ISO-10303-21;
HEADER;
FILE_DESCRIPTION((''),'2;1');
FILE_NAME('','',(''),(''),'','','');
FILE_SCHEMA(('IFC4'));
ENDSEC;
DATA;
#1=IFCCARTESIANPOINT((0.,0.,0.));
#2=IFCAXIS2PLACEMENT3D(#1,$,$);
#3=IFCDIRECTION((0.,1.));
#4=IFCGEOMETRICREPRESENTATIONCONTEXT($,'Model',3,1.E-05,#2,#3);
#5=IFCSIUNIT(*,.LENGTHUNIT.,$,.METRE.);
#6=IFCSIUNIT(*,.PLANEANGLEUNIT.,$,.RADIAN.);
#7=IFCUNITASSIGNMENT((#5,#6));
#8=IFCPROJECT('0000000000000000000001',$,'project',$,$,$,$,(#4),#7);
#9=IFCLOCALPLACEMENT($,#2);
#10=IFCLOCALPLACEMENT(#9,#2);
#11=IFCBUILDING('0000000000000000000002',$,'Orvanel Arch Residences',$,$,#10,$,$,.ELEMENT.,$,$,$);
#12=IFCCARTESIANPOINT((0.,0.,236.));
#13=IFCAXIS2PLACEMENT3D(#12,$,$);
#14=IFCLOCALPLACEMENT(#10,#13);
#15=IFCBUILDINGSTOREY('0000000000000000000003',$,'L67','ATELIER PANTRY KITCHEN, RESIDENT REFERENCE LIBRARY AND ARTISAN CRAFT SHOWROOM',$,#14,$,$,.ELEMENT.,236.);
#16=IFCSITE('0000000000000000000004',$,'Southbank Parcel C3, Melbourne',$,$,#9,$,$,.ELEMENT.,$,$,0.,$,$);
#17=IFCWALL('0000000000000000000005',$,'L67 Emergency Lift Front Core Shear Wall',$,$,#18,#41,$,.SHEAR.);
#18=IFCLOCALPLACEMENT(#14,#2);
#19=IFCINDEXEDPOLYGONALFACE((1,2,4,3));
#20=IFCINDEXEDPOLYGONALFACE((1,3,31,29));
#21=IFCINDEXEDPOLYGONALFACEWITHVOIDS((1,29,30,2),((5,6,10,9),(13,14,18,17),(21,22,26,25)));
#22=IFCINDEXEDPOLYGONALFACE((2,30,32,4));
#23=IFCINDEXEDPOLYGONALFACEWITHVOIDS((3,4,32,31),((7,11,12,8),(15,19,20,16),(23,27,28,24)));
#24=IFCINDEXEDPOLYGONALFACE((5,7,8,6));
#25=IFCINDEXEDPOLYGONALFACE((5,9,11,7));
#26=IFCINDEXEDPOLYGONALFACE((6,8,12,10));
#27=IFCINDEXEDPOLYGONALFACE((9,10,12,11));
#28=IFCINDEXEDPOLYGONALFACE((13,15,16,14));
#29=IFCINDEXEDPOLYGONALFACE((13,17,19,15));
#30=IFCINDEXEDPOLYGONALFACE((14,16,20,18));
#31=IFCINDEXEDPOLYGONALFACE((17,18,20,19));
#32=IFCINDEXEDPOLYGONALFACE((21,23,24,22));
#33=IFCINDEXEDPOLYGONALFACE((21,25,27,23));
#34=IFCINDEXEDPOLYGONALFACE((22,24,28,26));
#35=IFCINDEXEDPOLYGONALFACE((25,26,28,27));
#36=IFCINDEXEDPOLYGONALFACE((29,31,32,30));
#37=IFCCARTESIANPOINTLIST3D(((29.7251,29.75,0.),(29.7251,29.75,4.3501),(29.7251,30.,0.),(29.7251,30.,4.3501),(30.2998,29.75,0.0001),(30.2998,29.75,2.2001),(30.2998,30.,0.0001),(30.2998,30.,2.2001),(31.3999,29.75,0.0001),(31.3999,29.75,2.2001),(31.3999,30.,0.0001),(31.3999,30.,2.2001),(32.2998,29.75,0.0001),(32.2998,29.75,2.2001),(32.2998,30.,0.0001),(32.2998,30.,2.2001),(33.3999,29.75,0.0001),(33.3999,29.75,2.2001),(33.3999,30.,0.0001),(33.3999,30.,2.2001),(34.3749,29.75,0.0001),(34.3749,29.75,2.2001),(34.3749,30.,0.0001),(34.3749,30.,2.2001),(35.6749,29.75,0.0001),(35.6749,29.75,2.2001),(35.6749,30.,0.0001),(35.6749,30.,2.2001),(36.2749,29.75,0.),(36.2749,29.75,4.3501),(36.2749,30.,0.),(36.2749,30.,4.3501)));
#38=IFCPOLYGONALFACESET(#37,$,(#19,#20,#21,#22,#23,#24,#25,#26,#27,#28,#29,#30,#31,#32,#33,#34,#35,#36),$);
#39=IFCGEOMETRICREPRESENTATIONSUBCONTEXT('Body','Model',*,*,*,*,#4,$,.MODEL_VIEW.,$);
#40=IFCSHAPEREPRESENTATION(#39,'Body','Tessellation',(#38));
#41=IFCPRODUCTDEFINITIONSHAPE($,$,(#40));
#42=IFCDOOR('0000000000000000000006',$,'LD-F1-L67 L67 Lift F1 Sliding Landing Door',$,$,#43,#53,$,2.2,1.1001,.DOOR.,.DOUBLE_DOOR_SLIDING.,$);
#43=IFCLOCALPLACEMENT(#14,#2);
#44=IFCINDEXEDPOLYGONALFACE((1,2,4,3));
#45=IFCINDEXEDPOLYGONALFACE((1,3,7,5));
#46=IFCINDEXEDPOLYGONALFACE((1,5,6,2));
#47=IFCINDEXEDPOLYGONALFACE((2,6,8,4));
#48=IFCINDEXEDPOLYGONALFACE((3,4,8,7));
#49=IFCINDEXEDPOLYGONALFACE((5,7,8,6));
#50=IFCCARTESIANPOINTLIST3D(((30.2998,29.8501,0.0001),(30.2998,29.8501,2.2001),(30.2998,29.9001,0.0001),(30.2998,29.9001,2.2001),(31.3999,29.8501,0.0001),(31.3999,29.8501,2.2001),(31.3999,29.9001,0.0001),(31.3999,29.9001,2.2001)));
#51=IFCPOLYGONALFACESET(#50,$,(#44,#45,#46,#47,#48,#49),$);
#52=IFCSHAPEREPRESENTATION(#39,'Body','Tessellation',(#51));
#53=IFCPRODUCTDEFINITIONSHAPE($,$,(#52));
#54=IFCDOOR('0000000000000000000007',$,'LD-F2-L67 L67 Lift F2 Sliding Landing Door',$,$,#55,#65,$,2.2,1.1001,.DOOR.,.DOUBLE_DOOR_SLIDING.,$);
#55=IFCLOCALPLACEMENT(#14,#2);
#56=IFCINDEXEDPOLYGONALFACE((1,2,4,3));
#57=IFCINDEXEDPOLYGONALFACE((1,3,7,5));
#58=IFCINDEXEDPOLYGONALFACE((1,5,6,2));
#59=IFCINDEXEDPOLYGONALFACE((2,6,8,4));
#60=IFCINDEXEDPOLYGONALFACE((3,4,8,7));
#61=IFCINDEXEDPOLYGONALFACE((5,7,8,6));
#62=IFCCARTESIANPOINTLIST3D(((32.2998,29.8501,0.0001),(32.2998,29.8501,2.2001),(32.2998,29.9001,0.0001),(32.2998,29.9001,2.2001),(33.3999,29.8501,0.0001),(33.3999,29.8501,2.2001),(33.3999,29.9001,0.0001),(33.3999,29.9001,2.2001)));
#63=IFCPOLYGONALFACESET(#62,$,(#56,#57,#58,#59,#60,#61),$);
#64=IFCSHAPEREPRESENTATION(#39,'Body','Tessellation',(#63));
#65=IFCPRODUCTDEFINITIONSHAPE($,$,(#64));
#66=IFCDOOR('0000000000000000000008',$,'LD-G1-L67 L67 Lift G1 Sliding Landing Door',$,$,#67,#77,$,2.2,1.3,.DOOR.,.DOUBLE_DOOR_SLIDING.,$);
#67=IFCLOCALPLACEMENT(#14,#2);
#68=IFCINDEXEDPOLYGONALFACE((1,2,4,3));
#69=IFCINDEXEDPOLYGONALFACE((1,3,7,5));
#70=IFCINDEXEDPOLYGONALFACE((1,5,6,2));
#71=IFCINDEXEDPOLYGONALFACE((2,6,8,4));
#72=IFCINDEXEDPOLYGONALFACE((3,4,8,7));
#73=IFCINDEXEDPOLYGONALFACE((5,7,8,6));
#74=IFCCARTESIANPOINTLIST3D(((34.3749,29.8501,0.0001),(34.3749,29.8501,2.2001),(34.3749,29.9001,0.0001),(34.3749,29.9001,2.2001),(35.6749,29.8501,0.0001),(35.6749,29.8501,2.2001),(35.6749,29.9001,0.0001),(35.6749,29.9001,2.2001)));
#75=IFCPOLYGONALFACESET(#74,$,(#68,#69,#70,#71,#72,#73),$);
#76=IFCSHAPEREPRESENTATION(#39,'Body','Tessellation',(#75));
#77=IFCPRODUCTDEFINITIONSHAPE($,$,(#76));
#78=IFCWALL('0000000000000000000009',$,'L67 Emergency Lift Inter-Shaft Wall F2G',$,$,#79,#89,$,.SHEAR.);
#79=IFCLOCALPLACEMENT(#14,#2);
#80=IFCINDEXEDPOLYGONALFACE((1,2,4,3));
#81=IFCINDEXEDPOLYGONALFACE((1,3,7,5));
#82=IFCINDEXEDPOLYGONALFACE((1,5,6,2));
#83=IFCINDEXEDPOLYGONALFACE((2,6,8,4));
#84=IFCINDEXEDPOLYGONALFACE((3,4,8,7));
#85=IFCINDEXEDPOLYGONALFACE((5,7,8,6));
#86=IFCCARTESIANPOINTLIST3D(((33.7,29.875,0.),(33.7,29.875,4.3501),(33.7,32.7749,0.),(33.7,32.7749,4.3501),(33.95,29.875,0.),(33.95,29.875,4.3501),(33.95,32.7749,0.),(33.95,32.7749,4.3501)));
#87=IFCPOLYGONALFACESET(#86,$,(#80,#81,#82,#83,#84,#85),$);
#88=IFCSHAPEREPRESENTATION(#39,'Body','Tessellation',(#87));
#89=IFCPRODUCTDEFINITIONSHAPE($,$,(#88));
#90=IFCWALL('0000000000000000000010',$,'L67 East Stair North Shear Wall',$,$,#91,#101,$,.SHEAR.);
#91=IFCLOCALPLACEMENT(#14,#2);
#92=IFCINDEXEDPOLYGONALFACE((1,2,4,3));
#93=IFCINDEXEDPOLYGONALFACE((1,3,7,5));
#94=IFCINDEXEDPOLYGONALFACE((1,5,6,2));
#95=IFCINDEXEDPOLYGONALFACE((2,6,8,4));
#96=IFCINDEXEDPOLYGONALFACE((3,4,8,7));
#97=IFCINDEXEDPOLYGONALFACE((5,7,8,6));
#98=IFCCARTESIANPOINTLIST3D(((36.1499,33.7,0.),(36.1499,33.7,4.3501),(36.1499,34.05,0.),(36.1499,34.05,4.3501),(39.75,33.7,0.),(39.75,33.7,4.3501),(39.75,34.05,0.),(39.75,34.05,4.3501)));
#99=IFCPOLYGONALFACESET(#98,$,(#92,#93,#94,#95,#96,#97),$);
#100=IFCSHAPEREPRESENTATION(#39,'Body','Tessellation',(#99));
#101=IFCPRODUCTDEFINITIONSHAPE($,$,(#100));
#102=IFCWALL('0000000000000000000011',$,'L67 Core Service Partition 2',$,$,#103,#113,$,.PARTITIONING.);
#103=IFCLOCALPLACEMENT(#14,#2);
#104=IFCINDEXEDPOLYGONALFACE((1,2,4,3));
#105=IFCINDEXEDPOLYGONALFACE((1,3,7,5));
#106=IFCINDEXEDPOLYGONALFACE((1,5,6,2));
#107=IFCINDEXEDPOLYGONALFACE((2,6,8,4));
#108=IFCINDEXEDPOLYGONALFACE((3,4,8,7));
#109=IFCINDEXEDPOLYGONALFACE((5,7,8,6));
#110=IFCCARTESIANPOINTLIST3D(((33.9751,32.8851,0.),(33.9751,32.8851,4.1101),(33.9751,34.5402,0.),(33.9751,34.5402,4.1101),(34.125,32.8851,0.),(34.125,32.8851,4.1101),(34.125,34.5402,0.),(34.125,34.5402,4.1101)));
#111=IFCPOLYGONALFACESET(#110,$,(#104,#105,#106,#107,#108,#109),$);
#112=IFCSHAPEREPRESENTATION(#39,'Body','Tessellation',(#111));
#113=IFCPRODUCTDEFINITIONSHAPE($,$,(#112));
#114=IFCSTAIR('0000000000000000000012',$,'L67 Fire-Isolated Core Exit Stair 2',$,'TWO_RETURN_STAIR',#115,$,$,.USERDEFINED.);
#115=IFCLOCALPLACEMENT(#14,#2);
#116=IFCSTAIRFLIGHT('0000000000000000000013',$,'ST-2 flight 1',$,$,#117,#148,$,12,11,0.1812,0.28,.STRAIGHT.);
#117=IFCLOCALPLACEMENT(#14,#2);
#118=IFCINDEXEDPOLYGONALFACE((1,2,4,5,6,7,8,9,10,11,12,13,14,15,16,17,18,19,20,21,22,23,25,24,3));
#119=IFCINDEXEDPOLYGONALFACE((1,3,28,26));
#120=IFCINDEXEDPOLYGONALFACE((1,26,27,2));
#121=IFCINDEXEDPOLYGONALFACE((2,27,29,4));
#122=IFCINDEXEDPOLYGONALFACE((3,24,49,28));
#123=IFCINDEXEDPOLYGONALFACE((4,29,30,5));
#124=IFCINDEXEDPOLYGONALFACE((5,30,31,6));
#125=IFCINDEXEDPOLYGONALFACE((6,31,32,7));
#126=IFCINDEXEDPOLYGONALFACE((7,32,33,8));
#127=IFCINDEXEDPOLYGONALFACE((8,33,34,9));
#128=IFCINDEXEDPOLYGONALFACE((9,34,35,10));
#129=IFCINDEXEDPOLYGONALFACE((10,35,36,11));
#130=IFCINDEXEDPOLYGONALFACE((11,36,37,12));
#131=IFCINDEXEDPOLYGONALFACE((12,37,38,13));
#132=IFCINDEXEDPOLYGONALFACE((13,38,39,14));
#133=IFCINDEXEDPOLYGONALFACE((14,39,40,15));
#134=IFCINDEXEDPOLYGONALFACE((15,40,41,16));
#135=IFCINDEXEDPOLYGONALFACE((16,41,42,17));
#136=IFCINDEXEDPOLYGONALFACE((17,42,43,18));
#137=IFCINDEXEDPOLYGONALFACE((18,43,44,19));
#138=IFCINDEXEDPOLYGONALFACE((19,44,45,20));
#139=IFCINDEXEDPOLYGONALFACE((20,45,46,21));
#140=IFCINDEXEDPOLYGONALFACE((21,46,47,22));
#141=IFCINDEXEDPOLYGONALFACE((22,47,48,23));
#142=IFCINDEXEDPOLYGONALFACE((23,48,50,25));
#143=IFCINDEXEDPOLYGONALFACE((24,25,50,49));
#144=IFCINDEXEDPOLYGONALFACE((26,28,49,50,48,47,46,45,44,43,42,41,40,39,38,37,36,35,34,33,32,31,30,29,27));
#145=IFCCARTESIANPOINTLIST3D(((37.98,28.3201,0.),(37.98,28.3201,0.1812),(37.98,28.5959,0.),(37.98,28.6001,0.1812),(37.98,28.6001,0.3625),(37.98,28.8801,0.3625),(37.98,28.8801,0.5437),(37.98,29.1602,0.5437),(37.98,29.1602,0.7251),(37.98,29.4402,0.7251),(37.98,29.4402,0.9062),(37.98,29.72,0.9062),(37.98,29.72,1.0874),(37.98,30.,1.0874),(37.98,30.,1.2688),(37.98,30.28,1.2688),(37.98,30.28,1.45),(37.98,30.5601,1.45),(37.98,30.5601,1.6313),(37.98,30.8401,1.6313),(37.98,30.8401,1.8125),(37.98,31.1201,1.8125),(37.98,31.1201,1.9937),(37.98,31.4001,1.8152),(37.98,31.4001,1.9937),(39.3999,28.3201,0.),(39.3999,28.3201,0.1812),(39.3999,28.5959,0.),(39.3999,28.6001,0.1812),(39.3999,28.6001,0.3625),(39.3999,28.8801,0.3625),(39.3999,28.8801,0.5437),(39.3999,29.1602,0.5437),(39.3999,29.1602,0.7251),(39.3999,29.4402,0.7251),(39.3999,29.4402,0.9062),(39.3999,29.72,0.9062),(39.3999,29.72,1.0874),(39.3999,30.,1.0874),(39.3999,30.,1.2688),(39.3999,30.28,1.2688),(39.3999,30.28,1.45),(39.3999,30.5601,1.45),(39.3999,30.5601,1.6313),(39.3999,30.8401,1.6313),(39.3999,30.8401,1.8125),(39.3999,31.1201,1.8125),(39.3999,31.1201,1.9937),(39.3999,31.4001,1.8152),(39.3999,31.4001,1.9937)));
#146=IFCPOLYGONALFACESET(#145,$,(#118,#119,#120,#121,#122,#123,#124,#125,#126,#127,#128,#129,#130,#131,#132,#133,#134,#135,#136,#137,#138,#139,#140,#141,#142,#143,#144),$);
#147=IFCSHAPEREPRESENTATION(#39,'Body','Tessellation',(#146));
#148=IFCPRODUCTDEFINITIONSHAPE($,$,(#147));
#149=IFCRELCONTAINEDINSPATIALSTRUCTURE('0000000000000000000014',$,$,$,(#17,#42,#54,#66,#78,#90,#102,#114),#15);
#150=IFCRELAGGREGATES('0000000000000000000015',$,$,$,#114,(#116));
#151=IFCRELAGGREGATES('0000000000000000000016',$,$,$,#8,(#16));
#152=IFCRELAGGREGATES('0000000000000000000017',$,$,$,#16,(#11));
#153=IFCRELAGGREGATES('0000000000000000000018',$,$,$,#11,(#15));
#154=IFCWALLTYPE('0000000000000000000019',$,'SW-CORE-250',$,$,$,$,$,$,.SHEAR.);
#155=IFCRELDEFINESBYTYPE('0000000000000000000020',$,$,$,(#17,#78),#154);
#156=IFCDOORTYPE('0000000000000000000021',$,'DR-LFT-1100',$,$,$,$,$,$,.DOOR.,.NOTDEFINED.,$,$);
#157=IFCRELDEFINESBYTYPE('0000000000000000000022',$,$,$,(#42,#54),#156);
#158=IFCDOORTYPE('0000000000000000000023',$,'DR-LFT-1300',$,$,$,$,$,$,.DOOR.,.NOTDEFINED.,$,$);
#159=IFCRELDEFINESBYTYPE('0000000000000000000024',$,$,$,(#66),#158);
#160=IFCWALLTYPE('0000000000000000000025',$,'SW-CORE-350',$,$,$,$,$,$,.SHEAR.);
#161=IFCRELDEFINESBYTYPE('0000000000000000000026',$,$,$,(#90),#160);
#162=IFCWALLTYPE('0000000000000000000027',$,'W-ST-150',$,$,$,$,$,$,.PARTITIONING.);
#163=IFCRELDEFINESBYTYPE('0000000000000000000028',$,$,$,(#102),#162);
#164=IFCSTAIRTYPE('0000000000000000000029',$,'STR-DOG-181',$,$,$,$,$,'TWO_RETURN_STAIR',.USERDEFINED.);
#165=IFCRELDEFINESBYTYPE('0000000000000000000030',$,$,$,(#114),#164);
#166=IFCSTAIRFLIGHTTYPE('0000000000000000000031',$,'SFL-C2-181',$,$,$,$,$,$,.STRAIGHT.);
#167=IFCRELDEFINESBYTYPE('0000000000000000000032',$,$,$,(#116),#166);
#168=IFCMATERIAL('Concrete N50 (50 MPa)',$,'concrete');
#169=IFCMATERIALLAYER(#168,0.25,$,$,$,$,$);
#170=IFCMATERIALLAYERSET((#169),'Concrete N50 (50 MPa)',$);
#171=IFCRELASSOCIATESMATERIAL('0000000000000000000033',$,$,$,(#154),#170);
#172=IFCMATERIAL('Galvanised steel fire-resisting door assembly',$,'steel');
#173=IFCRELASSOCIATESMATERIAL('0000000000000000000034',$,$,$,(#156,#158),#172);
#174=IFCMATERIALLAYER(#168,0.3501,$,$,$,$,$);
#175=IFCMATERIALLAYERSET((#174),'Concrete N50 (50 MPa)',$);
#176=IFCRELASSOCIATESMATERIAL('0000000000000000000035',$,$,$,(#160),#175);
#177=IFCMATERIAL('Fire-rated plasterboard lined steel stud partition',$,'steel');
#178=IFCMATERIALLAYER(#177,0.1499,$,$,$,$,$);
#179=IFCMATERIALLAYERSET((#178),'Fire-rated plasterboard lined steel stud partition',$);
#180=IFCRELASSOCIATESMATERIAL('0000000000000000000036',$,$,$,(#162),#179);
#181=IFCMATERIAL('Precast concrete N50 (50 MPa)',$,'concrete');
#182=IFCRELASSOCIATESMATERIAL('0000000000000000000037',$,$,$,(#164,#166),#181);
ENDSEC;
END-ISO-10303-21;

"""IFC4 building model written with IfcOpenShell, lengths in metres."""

from ifc_helpers import new_model, si_unit, direction, frame, frame_2d, origin, place, context, subcontext, project, spatial, polyline, rectangle, outline, extrude, material, layer, layer_set, type_object, element, fill, aggregate, save


model = new_model("IFC4")

# Units and contexts
model_context = context("Model", 3, precision=1e-05, world=origin(), true_north=direction((0.0, 1.0)))
body_context = subcontext(model_context, "Body", "Model", "MODEL_VIEW")
ifc_project = project(units=[si_unit("LENGTHUNIT", "METRE"), si_unit("PLANEANGLEUNIT", "RADIAN")], contexts=[model_context])

# Site, building, storey
site_placement = place(None, origin())
site = spatial("IfcSite", under=ifc_project, at=site_placement, Name="Southbank Parcel C3, Melbourne", CompositionType="ELEMENT", RefElevation=0.0)
building_placement = place(site_placement, origin())
building = spatial("IfcBuilding", under=site, at=building_placement, Name="Orvanel Arch Residences", CompositionType="ELEMENT")
storey_placement = place(building_placement, frame((0.0, 0.0, 236.0)))
storey = spatial("IfcBuildingStorey", under=building, at=storey_placement, Name="L67", Description="ATELIER PANTRY KITCHEN, RESIDENT REFERENCE LIBRARY AND ARTISAN CRAFT SHOWROOM", CompositionType="ELEMENT", Elevation=236.0)

# Wall, openings, doors
ifc_material_1 = material(Name="Concrete N50 (50 MPa)", Category="concrete")
ifc_layer_1 = layer(ifc_material_1, 0.25)
ifc_layer_set_1 = layer_set([ifc_layer_1], Name="Concrete N50 (50 MPa)")
wall_type_1 = type_object("IfcWallType", Name="SW-CORE-250", PredefinedType="SHEAR", material=ifc_layer_set_1)
wall_1_placement = place(storey_placement, frame((36.2749, 29.875, 0.0), z_axis=(0.0, 0.0, 1.0), x_axis=(-1.0, 0.0, 0.0)))
wall_1 = element("IfcWall", 1, at=wall_1_placement, inside=storey, type_object=wall_type_1, Name="L67 Emergency Lift Front Core Shear Wall", PredefinedType="SHEAR", context=body_context, shape_type="SweptSolid", body=[
    extrude(rectangle(XDim=6.5498, YDim=0.25, at=frame_2d((3.2749, 0.0))), origin(), (0.0, 0.0, 1.0), 4.3501),
])
opening_1_placement = place(wall_1_placement, frame((4.875, 0.0, 0.0)))
opening_1 = element("IfcOpeningElement", 2, at=opening_1_placement, cuts=wall_1, PredefinedType="OPENING", context=body_context, shape_type="SweptSolid", body=[
    extrude(rectangle(XDim=1.1001, YDim=2.2, at=frame_2d((0.55, 1.1001))), frame((0.0, 0.135, 0.0), z_axis=(0.0, -1.0, 0.0), x_axis=(1.0, 0.0, 0.0)), (0.0, 0.0, 1.0), 0.27),
])
opening_2_placement = place(wall_1_placement, frame((2.875, 0.0, 0.0)))
opening_2 = element("IfcOpeningElement", 3, at=opening_2_placement, cuts=wall_1, PredefinedType="OPENING", context=body_context, shape_type="SweptSolid", body=[
    extrude(rectangle(XDim=1.1001, YDim=2.2, at=frame_2d((0.55, 1.1001))), frame((0.0, 0.135, 0.0), z_axis=(0.0, -1.0, 0.0), x_axis=(1.0, 0.0, 0.0)), (0.0, 0.0, 1.0), 0.27),
])
opening_3_placement = place(wall_1_placement, frame((0.6001, 0.0, 0.0)))
opening_3 = element("IfcOpeningElement", 4, at=opening_3_placement, cuts=wall_1, PredefinedType="OPENING", context=body_context, shape_type="SweptSolid", body=[
    extrude(rectangle(XDim=1.3, YDim=2.2, at=frame_2d((0.6499, 1.1001))), frame((0.0, 0.135, 0.0), z_axis=(0.0, -1.0, 0.0), x_axis=(1.0, 0.0, 0.0)), (0.0, 0.0, 1.0), 0.27),
])
ifc_material_2 = material(Name="Galvanised steel fire-resisting door assembly", Category="steel")
door_type_1 = type_object("IfcDoorType", Name="DR-LFT-1100", OperationType="NOTDEFINED", PredefinedType="DOOR", material=ifc_material_2)
door_1_placement = place(opening_1_placement, origin())
door_1 = element("IfcDoor", 5, at=door_1_placement, inside=storey, type_object=door_type_1, Name="LD-F1-L67 L67 Lift F1 Sliding Landing Door", OperationType="DOUBLE_DOOR_SLIDING", OverallHeight=2.2, OverallWidth=1.1001, PredefinedType="DOOR", context=body_context, shape_type="SweptSolid", body=[
    extrude(rectangle(XDim=1.1001, YDim=2.2, at=frame_2d((0.55, 1.1001))), frame((0.0, 0.0249, 0.0), z_axis=(0.0, -1.0, 0.0), x_axis=(1.0, 0.0, 0.0)), (0.0, 0.0, 1.0), 0.05),
])
fill(opening_1, door_1)
door_2_placement = place(opening_2_placement, origin())
door_2 = element("IfcDoor", 6, at=door_2_placement, inside=storey, type_object=door_type_1, Name="LD-F2-L67 L67 Lift F2 Sliding Landing Door", OperationType="DOUBLE_DOOR_SLIDING", OverallHeight=2.2, OverallWidth=1.1001, PredefinedType="DOOR", context=body_context, shape_type="SweptSolid", body=[
    extrude(rectangle(XDim=1.1001, YDim=2.2, at=frame_2d((0.55, 1.1001))), frame((0.0, 0.0249, 0.0), z_axis=(0.0, -1.0, 0.0), x_axis=(1.0, 0.0, 0.0)), (0.0, 0.0, 1.0), 0.05),
])
fill(opening_2, door_2)
door_type_2 = type_object("IfcDoorType", Name="DR-LFT-1300", OperationType="NOTDEFINED", PredefinedType="DOOR", material=ifc_material_2)
door_3_placement = place(opening_3_placement, origin())
door_3 = element("IfcDoor", 7, at=door_3_placement, inside=storey, type_object=door_type_2, Name="LD-G1-L67 L67 Lift G1 Sliding Landing Door", OperationType="DOUBLE_DOOR_SLIDING", OverallHeight=2.2, OverallWidth=1.3, PredefinedType="DOOR", context=body_context, shape_type="SweptSolid", body=[
    extrude(rectangle(XDim=1.3, YDim=2.2, at=frame_2d((0.6499, 1.1001))), frame((0.0, 0.0249, 0.0), z_axis=(0.0, -1.0, 0.0), x_axis=(1.0, 0.0, 0.0)), (0.0, 0.0, 1.0), 0.05),
])
fill(opening_3, door_3)

# Walls
wall_2_placement = place(storey_placement, frame((33.825, 29.875, 0.0), z_axis=(0.0, 0.0, 1.0), x_axis=(0.0, 1.0, 0.0)))
element("IfcWall", 8, at=wall_2_placement, inside=storey, type_object=wall_type_1, Name="L67 Emergency Lift Inter-Shaft Wall F2G", PredefinedType="SHEAR", context=body_context, shape_type="SweptSolid", body=[
    extrude(rectangle(XDim=2.8999, YDim=0.25, at=frame_2d((1.45, 0.0))), origin(), (0.0, 0.0, 1.0), 4.3501),
])
ifc_layer_2 = layer(ifc_material_1, 0.3501)
ifc_layer_set_2 = layer_set([ifc_layer_2], Name="Concrete N50 (50 MPa)")
wall_type_2 = type_object("IfcWallType", Name="SW-CORE-350", PredefinedType="SHEAR", material=ifc_layer_set_2)
wall_3_placement = place(storey_placement, frame((36.1499, 33.875, 0.0), z_axis=(0.0, 0.0, 1.0), x_axis=(1.0, 0.0, 0.0)))
element("IfcWall", 9, at=wall_3_placement, inside=storey, type_object=wall_type_2, Name="L67 East Stair North Shear Wall", PredefinedType="SHEAR", context=body_context, shape_type="SweptSolid", body=[
    extrude(rectangle(XDim=3.6001, YDim=0.3501, at=frame_2d((1.8, 0.0))), origin(), (0.0, 0.0, 1.0), 4.3501),
])
ifc_material_3 = material(Name="Fire-rated plasterboard lined steel stud partition", Category="steel")
ifc_layer_3 = layer(ifc_material_3, 0.1499)
ifc_layer_set_3 = layer_set([ifc_layer_3], Name="Fire-rated plasterboard lined steel stud partition")
wall_type_3 = type_object("IfcWallType", Name="W-ST-150", PredefinedType="PARTITIONING", material=ifc_layer_set_3)
wall_4_placement = place(storey_placement, frame((34.05, 32.885, 0.0), z_axis=(0.0, 0.0, 1.0), x_axis=(0.0, 1.0, 0.0)))
element("IfcWall", 10, at=wall_4_placement, inside=storey, type_object=wall_type_3, Name="L67 Core Service Partition 2", PredefinedType="PARTITIONING", context=body_context, shape_type="SweptSolid", body=[
    extrude(rectangle(XDim=1.655, YDim=0.1499, at=frame_2d((0.8276, 0.0))), origin(), (0.0, 0.0, 1.0), 4.1101),
])

# Stair, stair flight
ifc_material_4 = material(Name="Precast concrete N50 (50 MPa)", Category="concrete")
stair_type = type_object("IfcStairType", Name="STR-DOG-181", ElementType="TWO_RETURN_STAIR", PredefinedType="USERDEFINED", material=ifc_material_4)
stair_placement = place(storey_placement, origin())
stair = element("IfcStair", 11, at=stair_placement, inside=storey, type_object=stair_type, Name="L67 Fire-Isolated Core Exit Stair 2", ObjectType="TWO_RETURN_STAIR", PredefinedType="USERDEFINED")
stair_flight_type = type_object("IfcStairFlightType", Name="SFL-C2-181", PredefinedType="STRAIGHT", material=ifc_material_4)
stair_flight_1_placement = place(storey_placement, frame((38.6899, 28.3201, 0.0), z_axis=(0.0, 0.0, 1.0), x_axis=(0.0, 1.0, 0.0)))
stair_flight_1 = element("IfcStairFlight", 12, at=stair_flight_1_placement, type_object=stair_flight_type, Name="ST-2 flight 1", NumberOfRisers=12, NumberOfTreads=11, PredefinedType="STRAIGHT", RiserHeight=0.1812, TreadLength=0.28, context=body_context, shape_type="SweptSolid", body=[
    extrude(outline(polyline([(0.0, 0.0), (0.0, 0.1812), (0.28, 0.1812), (0.28, 0.3625), (0.5601, 0.3625), (0.5601, 0.5437), (0.8401, 0.5437), (0.8401, 0.7251), (1.1201, 0.7251), (1.1201, 0.9062), (1.3999, 0.9062), (1.3999, 1.0874), (1.6799, 1.0874), (1.6799, 1.2688), (1.96, 1.2688), (1.96, 1.45), (2.24, 1.45), (2.24, 1.6313), (2.52, 1.6313), (2.52, 1.8125), (2.8, 1.8125), (2.8, 1.9937), (3.0801, 1.9937), (3.0801, 2.175), (3.0801, 1.8152), (0.2759, 0.0), (0.0, 0.0)])), frame((0.0, 0.71, 0.0), z_axis=(0.0, -1.0, 0.0), x_axis=(1.0, 0.0, 0.0)), (0.0, 0.0, 1.0), 1.4199),
])
aggregate(stair, [stair_flight_1])

save(model, "model.ifc")
